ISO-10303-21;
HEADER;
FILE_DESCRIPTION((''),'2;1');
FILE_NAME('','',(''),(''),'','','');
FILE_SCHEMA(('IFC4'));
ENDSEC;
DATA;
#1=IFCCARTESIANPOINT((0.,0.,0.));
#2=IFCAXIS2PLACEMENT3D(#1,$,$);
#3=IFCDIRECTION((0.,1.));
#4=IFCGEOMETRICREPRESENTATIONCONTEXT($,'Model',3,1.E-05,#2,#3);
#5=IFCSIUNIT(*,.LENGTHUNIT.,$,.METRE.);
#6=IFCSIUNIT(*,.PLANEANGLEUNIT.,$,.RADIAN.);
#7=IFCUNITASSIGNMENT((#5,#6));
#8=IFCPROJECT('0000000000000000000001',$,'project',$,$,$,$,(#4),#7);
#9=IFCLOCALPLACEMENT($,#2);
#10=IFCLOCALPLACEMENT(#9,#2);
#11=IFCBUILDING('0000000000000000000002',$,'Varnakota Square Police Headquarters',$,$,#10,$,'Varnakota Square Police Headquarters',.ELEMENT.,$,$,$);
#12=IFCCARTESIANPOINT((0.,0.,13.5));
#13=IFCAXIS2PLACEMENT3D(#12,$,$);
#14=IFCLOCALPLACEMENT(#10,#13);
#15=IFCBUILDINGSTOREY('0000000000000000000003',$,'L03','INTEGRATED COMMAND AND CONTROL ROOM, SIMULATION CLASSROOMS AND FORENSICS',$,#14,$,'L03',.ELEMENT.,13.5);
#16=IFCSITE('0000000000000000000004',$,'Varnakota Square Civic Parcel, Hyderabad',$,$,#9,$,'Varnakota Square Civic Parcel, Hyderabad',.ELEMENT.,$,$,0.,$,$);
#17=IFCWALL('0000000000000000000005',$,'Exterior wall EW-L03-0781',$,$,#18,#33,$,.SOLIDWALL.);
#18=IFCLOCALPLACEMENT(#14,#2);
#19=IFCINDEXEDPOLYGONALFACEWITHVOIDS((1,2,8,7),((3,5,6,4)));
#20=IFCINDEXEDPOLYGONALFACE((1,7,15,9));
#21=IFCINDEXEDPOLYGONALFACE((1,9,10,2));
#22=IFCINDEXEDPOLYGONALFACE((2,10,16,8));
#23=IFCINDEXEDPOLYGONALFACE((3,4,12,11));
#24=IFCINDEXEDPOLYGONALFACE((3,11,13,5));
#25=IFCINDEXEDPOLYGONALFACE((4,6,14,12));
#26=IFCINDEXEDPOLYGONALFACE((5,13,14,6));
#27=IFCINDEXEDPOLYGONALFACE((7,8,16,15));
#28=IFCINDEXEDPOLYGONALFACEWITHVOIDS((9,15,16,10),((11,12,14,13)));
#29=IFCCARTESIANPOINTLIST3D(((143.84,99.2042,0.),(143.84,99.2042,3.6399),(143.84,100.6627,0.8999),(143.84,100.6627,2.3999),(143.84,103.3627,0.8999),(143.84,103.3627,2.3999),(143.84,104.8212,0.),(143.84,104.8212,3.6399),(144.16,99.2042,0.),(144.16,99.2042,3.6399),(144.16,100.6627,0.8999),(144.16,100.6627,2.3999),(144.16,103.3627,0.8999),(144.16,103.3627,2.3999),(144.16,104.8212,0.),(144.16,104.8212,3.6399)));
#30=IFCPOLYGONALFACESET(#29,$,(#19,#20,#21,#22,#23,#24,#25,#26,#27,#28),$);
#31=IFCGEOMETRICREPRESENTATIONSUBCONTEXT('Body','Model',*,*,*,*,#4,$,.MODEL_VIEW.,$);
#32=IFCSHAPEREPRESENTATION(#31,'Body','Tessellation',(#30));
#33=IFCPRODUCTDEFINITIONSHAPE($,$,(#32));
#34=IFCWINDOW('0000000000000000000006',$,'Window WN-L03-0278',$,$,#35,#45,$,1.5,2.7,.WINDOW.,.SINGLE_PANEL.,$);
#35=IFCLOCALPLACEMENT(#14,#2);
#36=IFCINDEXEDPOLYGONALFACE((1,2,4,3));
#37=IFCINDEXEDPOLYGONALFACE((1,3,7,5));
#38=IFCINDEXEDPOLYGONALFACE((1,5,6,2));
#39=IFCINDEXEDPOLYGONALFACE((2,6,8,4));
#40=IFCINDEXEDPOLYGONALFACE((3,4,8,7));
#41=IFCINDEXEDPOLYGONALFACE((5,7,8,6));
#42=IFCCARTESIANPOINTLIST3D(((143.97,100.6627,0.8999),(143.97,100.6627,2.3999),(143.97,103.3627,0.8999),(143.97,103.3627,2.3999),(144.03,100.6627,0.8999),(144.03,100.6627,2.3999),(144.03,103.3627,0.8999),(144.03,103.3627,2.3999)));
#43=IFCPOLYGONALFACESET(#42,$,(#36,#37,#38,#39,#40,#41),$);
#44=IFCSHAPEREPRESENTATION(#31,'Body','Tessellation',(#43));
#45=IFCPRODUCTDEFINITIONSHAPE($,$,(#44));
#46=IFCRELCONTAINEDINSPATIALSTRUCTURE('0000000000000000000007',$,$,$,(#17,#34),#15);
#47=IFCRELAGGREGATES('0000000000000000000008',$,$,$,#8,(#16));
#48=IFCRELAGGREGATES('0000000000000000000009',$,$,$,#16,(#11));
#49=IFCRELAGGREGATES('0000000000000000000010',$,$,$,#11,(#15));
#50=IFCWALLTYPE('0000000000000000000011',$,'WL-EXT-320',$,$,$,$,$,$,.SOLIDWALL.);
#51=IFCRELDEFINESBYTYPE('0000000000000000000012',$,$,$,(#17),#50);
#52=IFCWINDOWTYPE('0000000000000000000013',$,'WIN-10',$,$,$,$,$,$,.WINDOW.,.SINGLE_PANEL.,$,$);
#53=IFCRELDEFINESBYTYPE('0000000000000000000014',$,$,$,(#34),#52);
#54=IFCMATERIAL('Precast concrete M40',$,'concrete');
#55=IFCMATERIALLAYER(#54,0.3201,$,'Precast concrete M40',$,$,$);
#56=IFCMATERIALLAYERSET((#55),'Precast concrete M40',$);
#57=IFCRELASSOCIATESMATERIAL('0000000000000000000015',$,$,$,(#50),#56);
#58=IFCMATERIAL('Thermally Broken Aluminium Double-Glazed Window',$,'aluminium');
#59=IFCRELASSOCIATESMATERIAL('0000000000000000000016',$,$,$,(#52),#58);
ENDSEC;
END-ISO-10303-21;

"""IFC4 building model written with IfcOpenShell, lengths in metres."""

from ifc_helpers import new_model, si_unit, direction, frame, frame_2d, origin, place, context, subcontext, project, spatial, rectangle, extrude, material, layer, layer_set, type_object, element, fill, save


model = new_model("IFC4")

# Units and contexts
model_context = context("Model", 3, precision=1e-05, world=origin(), true_north=direction((0.0, 1.0)))
body_context = subcontext(model_context, "Body", "Model", "MODEL_VIEW")
ifc_project = project(units=[si_unit("LENGTHUNIT", "METRE"), si_unit("PLANEANGLEUNIT", "RADIAN")], contexts=[model_context])

# Site, building, storey
site_placement = place(None, origin())
site = spatial("IfcSite", under=ifc_project, at=site_placement, Name="Varnakota Square Civic Parcel, Hyderabad", LongName="Varnakota Square Civic Parcel, Hyderabad", CompositionType="ELEMENT", RefElevation=0.0)
building_placement = place(site_placement, origin())
building = spatial("IfcBuilding", under=site, at=building_placement, Name="Varnakota Square Police Headquarters", LongName="Varnakota Square Police Headquarters", CompositionType="ELEMENT")
storey_placement = place(building_placement, frame((0.0, 0.0, 13.5)))
storey = spatial("IfcBuildingStorey", under=building, at=storey_placement, Name="L03", Description="INTEGRATED COMMAND AND CONTROL ROOM, SIMULATION CLASSROOMS AND FORENSICS", LongName="L03", CompositionType="ELEMENT", Elevation=13.5)

# Wall, opening, window
ifc_material_1 = material(Name="Precast concrete M40", Category="concrete")
ifc_layer_1 = layer(ifc_material_1, 0.3201, Name="Precast concrete M40")
ifc_layer_set_1 = layer_set([ifc_layer_1], Name="Precast concrete M40")
wall_type_1 = type_object("IfcWallType", Name="WL-EXT-320", PredefinedType="SOLIDWALL", material=ifc_layer_set_1)
ifc_material_2 = material(Name="Thermally Broken Aluminium Double-Glazed Window", Category="aluminium")
window_type = type_object("IfcWindowType", Name="WIN-10", PartitioningType="SINGLE_PANEL", PredefinedType="WINDOW", material=ifc_material_2)
wall_1_placement = place(storey_placement, frame((144.0, 99.2041, 0.0), z_axis=(0.0, 0.0, 1.0), x_axis=(0.0, 1.0, 0.0)))
wall_1 = element("IfcWall", 1, at=wall_1_placement, inside=storey, type_object=wall_type_1, Name="Exterior wall EW-L03-0781", PredefinedType="SOLIDWALL", context=body_context, shape_type="SweptSolid", body=[
    extrude(rectangle(XDim=5.6169, YDim=0.3201, at=frame_2d((2.8086, 0.0))), origin(), (0.0, 0.0, 1.0), 3.6399),
])
opening_1_placement = place(wall_1_placement, frame((1.4585, 0.0, 0.8999)))
opening_1 = element("IfcOpeningElement", 2, at=opening_1_placement, cuts=wall_1, PredefinedType="OPENING", context=body_context, shape_type="SweptSolid", body=[
    extrude(rectangle(XDim=2.7, YDim=1.5, at=frame_2d((1.3501, 0.75))), frame((0.0, 0.1699, 0.0), z_axis=(0.0, -1.0, 0.0), x_axis=(1.0, 0.0, 0.0)), (0.0, 0.0, 1.0), 0.3401),
])
window_1_placement = place(opening_1_placement, origin())
window_1 = element("IfcWindow", 3, at=window_1_placement, inside=storey, type_object=window_type, Name="Window WN-L03-0278", OverallHeight=1.5, OverallWidth=2.7, PartitioningType="SINGLE_PANEL", PredefinedType="WINDOW", context=body_context, shape_type="SweptSolid", body=[
    extrude(rectangle(XDim=2.7, YDim=1.5, at=frame_2d((1.3501, 0.75))), frame((0.0, 0.03, 0.0), z_axis=(0.0, -1.0, 0.0), x_axis=(1.0, 0.0, 0.0)), (0.0, 0.0, 1.0), 0.0601),
])
fill(opening_1, window_1)

save(model, "model.ifc")
